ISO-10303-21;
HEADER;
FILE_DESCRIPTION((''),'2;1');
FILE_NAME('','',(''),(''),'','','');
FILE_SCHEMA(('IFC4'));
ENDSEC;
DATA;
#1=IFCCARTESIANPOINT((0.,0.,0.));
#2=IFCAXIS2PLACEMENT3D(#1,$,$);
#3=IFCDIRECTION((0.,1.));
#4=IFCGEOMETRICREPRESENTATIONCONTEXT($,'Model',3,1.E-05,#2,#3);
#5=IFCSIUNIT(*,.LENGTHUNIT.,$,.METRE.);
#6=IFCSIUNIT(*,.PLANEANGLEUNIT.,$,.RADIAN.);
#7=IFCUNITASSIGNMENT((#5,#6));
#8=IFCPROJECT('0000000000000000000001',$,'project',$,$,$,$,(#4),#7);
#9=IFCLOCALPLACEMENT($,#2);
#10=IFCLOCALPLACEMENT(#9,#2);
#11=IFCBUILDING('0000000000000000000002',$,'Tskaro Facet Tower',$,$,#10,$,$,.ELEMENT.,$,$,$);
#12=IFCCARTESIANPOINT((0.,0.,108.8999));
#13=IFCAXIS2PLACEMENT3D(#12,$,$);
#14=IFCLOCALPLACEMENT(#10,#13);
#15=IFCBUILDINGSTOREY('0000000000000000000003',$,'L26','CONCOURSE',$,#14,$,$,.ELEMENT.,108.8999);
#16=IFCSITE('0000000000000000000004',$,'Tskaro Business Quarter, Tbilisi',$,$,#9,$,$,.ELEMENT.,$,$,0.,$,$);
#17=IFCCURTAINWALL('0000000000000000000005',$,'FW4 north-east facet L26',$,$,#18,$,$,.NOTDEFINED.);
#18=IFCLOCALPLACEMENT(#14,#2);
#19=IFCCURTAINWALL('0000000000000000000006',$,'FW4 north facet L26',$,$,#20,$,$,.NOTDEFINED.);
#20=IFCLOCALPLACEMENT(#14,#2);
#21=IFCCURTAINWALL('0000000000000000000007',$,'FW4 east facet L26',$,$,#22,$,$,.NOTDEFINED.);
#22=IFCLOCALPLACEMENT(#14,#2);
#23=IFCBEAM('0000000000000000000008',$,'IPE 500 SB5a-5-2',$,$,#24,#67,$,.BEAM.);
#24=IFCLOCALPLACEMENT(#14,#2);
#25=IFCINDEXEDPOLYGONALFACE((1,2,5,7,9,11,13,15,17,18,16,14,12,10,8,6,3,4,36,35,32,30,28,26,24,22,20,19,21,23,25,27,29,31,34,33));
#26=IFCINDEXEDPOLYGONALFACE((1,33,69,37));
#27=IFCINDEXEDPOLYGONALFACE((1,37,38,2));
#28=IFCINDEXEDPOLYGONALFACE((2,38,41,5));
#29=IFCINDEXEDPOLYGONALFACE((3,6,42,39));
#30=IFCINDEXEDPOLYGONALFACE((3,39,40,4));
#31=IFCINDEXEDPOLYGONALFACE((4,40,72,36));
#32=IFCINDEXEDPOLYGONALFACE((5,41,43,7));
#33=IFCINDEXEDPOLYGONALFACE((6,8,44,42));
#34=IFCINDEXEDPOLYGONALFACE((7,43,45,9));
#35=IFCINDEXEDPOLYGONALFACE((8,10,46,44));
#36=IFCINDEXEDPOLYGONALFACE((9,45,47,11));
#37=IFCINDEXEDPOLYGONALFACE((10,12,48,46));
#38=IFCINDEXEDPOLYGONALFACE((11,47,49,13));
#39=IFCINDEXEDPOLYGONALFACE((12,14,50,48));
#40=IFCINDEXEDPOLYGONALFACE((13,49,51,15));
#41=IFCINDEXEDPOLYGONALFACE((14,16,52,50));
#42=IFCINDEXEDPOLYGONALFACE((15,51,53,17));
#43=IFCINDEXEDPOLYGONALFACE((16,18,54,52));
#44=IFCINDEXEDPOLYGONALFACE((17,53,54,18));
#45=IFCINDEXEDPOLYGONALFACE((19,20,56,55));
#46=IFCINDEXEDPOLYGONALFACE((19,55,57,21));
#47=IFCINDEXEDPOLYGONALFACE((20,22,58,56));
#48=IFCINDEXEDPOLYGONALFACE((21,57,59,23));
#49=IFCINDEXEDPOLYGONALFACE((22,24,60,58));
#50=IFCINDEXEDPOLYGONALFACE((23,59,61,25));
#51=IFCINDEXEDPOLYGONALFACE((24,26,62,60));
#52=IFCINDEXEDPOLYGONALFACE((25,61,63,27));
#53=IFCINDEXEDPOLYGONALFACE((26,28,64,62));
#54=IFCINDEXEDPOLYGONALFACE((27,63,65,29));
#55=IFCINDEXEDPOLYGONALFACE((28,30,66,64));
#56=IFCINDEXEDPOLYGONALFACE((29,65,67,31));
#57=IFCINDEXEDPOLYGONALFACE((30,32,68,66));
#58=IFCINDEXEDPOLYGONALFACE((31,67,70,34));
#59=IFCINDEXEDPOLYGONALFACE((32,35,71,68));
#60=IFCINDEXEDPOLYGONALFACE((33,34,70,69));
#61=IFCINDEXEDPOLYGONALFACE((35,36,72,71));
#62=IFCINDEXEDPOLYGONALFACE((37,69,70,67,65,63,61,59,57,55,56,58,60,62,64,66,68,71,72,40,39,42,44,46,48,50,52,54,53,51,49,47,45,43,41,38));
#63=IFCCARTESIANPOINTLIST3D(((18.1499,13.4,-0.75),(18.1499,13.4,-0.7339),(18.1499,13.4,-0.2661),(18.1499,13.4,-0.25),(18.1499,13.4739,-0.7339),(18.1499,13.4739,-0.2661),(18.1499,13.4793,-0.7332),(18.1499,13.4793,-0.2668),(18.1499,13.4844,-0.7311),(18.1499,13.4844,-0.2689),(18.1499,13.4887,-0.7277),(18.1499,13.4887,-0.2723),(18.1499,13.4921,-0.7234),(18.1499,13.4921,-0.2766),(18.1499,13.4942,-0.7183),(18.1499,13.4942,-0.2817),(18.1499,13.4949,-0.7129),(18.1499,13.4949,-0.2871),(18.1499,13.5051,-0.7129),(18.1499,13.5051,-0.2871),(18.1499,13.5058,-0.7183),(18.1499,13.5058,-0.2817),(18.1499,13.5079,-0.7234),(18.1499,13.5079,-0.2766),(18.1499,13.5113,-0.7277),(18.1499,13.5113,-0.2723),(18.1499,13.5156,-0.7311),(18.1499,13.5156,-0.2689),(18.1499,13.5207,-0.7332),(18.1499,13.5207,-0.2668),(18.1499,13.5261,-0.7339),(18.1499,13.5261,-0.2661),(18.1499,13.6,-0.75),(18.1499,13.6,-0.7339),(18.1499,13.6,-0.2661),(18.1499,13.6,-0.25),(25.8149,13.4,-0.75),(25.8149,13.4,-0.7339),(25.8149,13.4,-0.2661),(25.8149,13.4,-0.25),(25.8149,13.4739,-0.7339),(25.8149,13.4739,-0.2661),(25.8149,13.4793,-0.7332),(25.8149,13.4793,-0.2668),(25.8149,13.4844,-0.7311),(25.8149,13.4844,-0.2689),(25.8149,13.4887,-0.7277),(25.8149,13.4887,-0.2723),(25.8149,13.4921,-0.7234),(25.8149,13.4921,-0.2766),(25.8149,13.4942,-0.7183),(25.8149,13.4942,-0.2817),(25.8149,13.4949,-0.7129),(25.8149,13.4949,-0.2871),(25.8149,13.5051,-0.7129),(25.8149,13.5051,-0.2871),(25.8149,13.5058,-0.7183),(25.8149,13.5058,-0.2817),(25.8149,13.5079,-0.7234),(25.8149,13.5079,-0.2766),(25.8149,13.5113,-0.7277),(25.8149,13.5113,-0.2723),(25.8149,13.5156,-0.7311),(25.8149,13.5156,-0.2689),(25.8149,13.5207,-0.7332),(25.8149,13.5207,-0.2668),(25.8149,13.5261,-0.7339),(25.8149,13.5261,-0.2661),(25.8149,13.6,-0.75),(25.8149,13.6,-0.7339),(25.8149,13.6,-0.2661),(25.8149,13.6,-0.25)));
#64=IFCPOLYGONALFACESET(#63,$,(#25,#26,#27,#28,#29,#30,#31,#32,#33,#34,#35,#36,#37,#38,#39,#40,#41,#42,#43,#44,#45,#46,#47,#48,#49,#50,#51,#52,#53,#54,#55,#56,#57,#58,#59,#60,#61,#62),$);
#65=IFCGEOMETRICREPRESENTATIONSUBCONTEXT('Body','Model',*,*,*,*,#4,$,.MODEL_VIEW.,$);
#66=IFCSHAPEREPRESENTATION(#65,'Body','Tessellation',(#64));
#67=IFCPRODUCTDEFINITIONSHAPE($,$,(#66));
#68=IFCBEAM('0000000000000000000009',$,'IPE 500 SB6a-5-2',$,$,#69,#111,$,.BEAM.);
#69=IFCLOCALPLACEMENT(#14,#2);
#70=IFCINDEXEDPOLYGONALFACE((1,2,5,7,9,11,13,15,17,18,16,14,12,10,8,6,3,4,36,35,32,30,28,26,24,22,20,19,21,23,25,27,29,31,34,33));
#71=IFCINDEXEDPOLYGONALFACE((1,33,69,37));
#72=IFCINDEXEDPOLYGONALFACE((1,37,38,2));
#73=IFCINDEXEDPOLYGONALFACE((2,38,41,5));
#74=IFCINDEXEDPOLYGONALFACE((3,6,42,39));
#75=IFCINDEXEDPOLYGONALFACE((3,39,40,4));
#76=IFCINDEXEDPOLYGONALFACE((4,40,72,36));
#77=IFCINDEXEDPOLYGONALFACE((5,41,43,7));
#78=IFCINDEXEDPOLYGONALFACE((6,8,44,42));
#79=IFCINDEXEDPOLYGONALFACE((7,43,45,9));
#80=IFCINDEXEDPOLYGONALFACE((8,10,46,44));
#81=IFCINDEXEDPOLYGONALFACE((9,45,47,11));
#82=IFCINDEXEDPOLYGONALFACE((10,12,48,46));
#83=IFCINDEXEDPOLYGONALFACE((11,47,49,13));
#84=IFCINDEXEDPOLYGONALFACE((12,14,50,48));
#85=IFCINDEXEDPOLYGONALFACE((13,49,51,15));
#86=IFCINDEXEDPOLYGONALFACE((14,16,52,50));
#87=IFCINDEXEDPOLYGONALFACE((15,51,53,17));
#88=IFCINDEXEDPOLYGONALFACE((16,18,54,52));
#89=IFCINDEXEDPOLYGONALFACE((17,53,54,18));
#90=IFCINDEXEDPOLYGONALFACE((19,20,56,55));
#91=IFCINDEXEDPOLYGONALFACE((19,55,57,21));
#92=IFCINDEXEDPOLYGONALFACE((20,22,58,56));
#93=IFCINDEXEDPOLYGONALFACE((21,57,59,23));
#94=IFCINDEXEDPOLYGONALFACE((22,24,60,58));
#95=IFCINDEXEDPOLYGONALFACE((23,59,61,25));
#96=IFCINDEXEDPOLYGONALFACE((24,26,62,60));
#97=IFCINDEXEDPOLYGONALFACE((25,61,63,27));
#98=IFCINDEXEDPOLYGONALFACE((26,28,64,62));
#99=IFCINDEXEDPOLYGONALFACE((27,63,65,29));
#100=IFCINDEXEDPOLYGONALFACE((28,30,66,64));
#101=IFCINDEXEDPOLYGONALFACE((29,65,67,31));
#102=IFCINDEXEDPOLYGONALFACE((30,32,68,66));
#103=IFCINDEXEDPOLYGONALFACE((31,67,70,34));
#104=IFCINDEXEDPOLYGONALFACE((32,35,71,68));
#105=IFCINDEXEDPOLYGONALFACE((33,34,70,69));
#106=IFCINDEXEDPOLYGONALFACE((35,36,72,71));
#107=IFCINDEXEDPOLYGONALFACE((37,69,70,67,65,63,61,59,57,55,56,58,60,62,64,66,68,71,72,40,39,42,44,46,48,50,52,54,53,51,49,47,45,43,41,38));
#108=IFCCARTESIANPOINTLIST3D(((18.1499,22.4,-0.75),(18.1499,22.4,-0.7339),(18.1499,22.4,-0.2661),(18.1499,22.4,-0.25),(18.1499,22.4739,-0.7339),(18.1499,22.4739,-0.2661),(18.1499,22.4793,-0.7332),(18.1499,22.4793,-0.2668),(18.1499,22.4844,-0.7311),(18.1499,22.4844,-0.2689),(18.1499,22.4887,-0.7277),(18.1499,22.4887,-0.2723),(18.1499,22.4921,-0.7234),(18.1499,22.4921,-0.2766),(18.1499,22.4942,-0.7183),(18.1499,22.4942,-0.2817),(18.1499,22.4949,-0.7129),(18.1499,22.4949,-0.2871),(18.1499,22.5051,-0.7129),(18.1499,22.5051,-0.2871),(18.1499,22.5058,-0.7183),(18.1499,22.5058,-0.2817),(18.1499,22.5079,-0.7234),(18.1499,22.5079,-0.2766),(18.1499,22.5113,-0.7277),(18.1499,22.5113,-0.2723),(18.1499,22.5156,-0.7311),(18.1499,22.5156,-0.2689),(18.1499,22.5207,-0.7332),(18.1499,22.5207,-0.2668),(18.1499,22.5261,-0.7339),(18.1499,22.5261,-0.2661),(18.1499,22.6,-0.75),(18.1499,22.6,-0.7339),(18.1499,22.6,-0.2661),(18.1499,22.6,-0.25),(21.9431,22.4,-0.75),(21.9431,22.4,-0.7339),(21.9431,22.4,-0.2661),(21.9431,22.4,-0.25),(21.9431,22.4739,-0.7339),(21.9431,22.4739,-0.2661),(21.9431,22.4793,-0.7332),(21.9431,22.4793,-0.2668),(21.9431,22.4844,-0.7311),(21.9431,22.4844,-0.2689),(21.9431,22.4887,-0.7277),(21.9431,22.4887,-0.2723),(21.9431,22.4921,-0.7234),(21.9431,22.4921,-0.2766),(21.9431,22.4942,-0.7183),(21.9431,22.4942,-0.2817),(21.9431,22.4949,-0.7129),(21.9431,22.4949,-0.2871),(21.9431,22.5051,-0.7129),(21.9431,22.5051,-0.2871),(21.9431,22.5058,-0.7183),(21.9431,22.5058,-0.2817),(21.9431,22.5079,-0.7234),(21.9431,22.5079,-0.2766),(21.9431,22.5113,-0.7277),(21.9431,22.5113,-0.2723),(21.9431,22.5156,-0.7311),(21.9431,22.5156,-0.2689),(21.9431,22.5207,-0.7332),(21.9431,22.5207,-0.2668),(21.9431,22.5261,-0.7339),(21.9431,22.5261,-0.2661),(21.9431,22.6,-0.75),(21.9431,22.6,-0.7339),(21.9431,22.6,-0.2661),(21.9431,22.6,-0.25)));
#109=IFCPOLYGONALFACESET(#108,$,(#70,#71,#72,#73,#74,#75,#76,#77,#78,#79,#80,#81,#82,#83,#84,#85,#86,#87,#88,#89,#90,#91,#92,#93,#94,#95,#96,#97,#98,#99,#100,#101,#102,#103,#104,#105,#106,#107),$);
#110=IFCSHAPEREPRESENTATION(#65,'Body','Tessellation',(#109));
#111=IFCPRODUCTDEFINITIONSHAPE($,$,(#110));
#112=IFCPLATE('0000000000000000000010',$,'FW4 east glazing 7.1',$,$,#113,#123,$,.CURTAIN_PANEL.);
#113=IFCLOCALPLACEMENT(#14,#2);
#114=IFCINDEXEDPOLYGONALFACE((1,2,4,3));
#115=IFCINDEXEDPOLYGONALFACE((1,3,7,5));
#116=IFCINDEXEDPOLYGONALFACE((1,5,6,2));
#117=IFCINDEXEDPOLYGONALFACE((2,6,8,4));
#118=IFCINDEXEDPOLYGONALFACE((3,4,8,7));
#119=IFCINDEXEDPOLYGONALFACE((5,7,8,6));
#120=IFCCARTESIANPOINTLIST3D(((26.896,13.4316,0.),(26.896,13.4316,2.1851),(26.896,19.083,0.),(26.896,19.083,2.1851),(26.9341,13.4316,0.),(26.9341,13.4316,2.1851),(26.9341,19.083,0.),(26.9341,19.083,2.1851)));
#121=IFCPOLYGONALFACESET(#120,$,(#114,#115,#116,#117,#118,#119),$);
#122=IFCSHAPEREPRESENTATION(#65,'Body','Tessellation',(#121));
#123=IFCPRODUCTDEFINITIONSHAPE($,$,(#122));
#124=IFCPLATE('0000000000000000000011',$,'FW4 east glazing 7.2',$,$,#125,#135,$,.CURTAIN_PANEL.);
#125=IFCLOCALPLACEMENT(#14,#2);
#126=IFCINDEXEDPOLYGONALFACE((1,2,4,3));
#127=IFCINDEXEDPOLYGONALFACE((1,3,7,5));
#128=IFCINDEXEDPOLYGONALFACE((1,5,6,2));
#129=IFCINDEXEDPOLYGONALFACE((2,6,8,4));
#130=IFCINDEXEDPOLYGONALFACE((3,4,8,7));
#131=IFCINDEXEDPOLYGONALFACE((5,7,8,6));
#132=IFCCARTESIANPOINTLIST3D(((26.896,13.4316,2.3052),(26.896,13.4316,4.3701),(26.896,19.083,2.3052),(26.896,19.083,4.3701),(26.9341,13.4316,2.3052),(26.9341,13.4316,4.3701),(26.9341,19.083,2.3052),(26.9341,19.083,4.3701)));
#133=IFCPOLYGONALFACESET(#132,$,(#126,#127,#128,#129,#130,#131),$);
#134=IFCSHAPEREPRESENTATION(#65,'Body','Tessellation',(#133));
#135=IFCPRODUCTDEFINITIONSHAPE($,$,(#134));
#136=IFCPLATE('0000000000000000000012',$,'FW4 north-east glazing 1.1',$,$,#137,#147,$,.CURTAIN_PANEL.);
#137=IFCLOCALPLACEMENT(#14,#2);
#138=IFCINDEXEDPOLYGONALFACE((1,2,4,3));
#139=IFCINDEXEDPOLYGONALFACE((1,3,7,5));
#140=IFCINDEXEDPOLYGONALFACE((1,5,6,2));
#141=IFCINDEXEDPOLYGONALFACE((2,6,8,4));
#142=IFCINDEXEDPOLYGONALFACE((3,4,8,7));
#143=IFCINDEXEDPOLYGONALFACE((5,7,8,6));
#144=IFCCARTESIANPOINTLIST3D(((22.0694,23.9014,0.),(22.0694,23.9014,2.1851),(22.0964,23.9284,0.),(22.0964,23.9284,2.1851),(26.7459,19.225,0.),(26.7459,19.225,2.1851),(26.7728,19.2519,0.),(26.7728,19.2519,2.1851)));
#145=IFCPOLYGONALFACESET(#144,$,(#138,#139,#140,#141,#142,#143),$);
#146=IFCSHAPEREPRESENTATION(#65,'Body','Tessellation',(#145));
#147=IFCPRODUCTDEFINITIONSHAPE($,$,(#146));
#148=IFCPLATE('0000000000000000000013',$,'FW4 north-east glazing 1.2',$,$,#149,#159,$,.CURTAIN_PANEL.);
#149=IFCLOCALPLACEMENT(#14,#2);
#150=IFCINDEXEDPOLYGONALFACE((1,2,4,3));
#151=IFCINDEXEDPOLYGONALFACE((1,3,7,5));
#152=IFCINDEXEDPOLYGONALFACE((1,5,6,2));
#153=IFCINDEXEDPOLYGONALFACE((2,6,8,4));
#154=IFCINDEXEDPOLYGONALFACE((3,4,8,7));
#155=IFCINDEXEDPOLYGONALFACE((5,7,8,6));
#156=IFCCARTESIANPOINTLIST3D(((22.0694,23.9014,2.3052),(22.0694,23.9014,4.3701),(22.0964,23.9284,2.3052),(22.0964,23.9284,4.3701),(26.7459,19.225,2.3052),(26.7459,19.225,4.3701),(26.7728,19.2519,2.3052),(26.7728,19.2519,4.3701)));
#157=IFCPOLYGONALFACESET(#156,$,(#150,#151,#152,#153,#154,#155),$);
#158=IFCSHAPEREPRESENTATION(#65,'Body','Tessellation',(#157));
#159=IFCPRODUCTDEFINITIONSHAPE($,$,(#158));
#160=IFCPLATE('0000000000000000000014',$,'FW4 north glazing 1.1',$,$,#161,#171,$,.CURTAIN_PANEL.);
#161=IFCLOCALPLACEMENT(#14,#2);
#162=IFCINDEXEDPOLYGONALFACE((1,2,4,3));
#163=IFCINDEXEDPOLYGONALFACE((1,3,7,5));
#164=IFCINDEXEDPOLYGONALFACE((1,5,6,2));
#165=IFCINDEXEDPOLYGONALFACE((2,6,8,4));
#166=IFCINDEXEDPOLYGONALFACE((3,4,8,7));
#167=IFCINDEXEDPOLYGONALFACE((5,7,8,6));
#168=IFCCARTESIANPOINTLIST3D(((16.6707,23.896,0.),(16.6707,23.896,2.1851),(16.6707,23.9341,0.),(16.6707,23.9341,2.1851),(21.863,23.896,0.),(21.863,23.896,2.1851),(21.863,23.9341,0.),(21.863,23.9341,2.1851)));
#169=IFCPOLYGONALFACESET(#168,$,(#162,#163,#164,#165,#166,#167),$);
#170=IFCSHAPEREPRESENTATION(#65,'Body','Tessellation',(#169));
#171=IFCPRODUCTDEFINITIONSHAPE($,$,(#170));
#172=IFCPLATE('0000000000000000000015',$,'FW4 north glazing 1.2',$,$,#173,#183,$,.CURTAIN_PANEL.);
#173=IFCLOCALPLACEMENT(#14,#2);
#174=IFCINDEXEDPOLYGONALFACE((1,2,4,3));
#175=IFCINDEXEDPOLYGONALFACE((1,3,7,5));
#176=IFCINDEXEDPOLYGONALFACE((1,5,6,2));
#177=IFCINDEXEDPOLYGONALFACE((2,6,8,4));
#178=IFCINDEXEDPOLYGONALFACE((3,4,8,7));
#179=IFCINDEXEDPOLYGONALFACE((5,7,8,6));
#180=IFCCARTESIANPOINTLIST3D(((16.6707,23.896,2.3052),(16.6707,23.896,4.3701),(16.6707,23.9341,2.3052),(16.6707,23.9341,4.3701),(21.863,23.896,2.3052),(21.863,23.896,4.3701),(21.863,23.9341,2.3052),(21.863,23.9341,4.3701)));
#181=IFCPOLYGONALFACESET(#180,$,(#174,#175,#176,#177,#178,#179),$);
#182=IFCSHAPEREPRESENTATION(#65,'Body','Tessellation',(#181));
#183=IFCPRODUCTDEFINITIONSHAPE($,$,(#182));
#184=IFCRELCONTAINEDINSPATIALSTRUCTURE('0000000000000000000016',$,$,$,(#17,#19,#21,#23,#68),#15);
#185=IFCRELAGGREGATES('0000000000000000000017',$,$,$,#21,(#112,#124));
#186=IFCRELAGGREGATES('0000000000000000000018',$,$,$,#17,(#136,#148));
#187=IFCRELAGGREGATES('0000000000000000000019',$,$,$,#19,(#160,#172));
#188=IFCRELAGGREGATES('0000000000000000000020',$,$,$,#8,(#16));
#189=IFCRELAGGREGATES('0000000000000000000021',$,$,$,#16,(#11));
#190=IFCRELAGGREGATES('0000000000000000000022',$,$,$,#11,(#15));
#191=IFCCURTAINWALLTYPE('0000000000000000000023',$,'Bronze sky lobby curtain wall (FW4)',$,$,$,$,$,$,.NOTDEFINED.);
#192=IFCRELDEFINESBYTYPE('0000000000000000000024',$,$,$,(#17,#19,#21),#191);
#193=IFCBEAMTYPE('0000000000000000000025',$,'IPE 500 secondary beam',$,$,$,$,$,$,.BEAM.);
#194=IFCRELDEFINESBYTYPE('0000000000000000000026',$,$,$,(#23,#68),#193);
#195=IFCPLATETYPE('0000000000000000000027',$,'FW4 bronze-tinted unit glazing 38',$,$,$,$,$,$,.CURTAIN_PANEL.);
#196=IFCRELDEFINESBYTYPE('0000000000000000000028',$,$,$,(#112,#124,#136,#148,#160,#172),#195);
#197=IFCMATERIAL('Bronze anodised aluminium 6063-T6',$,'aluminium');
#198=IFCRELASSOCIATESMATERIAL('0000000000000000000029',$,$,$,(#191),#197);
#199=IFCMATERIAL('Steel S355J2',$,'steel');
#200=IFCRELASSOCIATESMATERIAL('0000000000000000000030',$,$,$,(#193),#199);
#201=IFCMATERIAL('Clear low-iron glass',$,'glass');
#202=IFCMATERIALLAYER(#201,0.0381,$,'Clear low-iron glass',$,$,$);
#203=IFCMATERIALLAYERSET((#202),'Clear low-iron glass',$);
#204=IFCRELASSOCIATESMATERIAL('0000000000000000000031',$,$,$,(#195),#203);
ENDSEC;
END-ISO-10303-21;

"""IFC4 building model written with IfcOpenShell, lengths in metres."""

from ifc_helpers import new_model, si_unit, direction, frame, origin, origin_2d, place, context, subcontext, project, spatial, rectangle, i_section, extrude, material, layer, layer_set, material_profile, profile_set, type_object, element, aggregate, save


model = new_model("IFC4")

# Units and contexts
model_context = context("Model", 3, precision=1e-05, world=origin(), true_north=direction((0.0, 1.0)))
body_context = subcontext(model_context, "Body", "Model", "MODEL_VIEW")
ifc_project = project(units=[si_unit("LENGTHUNIT", "METRE"), si_unit("PLANEANGLEUNIT", "RADIAN")], contexts=[model_context])

# Site, building, storey
site_placement = place(None, origin())
site = spatial("IfcSite", under=ifc_project, at=site_placement, Name="Tskaro Business Quarter, Tbilisi", CompositionType="ELEMENT", RefElevation=0.0)
building_placement = place(site_placement, origin())
building = spatial("IfcBuilding", under=site, at=building_placement, Name="Tskaro Facet Tower", CompositionType="ELEMENT")
storey_placement = place(building_placement, frame((0.0, 0.0, 108.8999)))
storey = spatial("IfcBuildingStorey", under=building, at=storey_placement, Name="L26", Description="CONCOURSE", CompositionType="ELEMENT", Elevation=108.8999)

# Curtain walls
ifc_material_1 = material(Name="Bronze anodised aluminium 6063-T6", Category="aluminium")
curtain_wall_type = type_object("IfcCurtainWallType", Name="Bronze sky lobby curtain wall (FW4)", PredefinedType="NOTDEFINED", material=ifc_material_1)
curtain_wall_1_placement = place(storey_placement, origin())
curtain_wall_1 = element("IfcCurtainWall", 1, at=curtain_wall_1_placement, inside=storey, type_object=curtain_wall_type, Name="FW4 north-east facet L26", PredefinedType="NOTDEFINED")
curtain_wall_2_placement = place(storey_placement, origin())
curtain_wall_2 = element("IfcCurtainWall", 2, at=curtain_wall_2_placement, inside=storey, type_object=curtain_wall_type, Name="FW4 north facet L26", PredefinedType="NOTDEFINED")
curtain_wall_3_placement = place(storey_placement, origin())
curtain_wall_3 = element("IfcCurtainWall", 3, at=curtain_wall_3_placement, inside=storey, type_object=curtain_wall_type, Name="FW4 east facet L26", PredefinedType="NOTDEFINED")

# Beams
ifc_material_2 = material(Name="Steel S355J2", Category="steel")
ifc_material_profile_1 = material_profile(ifc_material_2, i_section(OverallWidth=0.2, OverallDepth=0.5, WebThickness=0.0103, FlangeThickness=0.0161, FilletRadius=0.021, at=origin_2d()), Name="IPE 500")
ifc_profile_set_1 = profile_set([ifc_material_profile_1], Name="Steel S355J2")
beam_type_1 = type_object("IfcBeamType", Name="IPE 500 secondary beam", PredefinedType="BEAM", material=ifc_profile_set_1)
beam_1_placement = place(storey_placement, frame((18.1499, 13.5, -0.5), z_axis=(1.0, 0.0, 0.0), x_axis=(0.0, 1.0, 0.0)))
element("IfcBeam", 4, at=beam_1_placement, inside=storey, type_object=beam_type_1, Name="IPE 500 SB5a-5-2", PredefinedType="BEAM", context=body_context, shape_type="SweptSolid", body=[
    extrude(i_section(OverallWidth=0.2, OverallDepth=0.5, WebThickness=0.0103, FlangeThickness=0.0161, FilletRadius=0.021, at=origin_2d()), origin(), (0.0, 0.0, 1.0), 7.665),
])
beam_2_placement = place(storey_placement, frame((18.1499, 22.5, -0.5), z_axis=(1.0, 0.0, 0.0), x_axis=(0.0, 1.0, 0.0)))
element("IfcBeam", 5, at=beam_2_placement, inside=storey, type_object=beam_type_1, Name="IPE 500 SB6a-5-2", PredefinedType="BEAM", context=body_context, shape_type="SweptSolid", body=[
    extrude(i_section(OverallWidth=0.2, OverallDepth=0.5, WebThickness=0.0103, FlangeThickness=0.0161, FilletRadius=0.021, at=origin_2d()), origin(), (0.0, 0.0, 1.0), 3.7932),
])

# Plates
ifc_material_3 = material(Name="Clear low-iron glass", Category="glass")
ifc_layer = layer(ifc_material_3, 0.0381, Name="Clear low-iron glass")
ifc_layer_set = layer_set([ifc_layer], Name="Clear low-iron glass")
plate_type = type_object("IfcPlateType", Name="FW4 bronze-tinted unit glazing 38", PredefinedType="CURTAIN_PANEL", material=ifc_layer_set)
plate_1_placement = place(storey_placement, frame((26.915, 16.2573, 0.0), z_axis=(0.0, 0.0, 1.0), x_axis=(0.0, 1.0, 0.0)))
plate_1 = element("IfcPlate", 6, at=plate_1_placement, type_object=plate_type, Name="FW4 east glazing 7.1", PredefinedType="CURTAIN_PANEL", context=body_context, shape_type="SweptSolid", body=[
    extrude(rectangle(XDim=5.6514, YDim=0.0381, at=origin_2d()), origin(), (0.0, 0.0, 1.0), 2.1851),
])
plate_2_placement = place(storey_placement, frame((26.915, 16.2573, 2.3052), z_axis=(0.0, 0.0, 1.0), x_axis=(0.0, 1.0, 0.0)))
plate_2 = element("IfcPlate", 7, at=plate_2_placement, type_object=plate_type, Name="FW4 east glazing 7.2", PredefinedType="CURTAIN_PANEL", context=body_context, shape_type="SweptSolid", body=[
    extrude(rectangle(XDim=5.6514, YDim=0.0381, at=origin_2d()), origin(), (0.0, 0.0, 1.0), 2.0649),
])
aggregate(curtain_wall_3, [plate_1, plate_2])
plate_3_placement = place(storey_placement, frame((24.4211, 21.5767, 0.0), z_axis=(0.0, 0.0, 1.0), x_axis=(-0.707107, 0.707107, 0.0)))
plate_3 = element("IfcPlate", 8, at=plate_3_placement, type_object=plate_type, Name="FW4 north-east glazing 1.1", PredefinedType="CURTAIN_PANEL", context=body_context, shape_type="SweptSolid", body=[
    extrude(rectangle(XDim=6.6135, YDim=0.0381, at=origin_2d()), origin(), (0.0, 0.0, 1.0), 2.1851),
])
plate_4_placement = place(storey_placement, frame((24.4211, 21.5767, 2.3052), z_axis=(0.0, 0.0, 1.0), x_axis=(-0.707107, 0.707107, 0.0)))
plate_4 = element("IfcPlate", 9, at=plate_4_placement, type_object=plate_type, Name="FW4 north-east glazing 1.2", PredefinedType="CURTAIN_PANEL", context=body_context, shape_type="SweptSolid", body=[
    extrude(rectangle(XDim=6.6135, YDim=0.0381, at=origin_2d()), origin(), (0.0, 0.0, 1.0), 2.0649),
])
aggregate(curtain_wall_1, [plate_3, plate_4])
plate_5_placement = place(storey_placement, frame((19.2668, 23.915, 0.0), z_axis=(0.0, 0.0, 1.0), x_axis=(-1.0, 0.0, 0.0)))
plate_5 = element("IfcPlate", 10, at=plate_5_placement, type_object=plate_type, Name="FW4 north glazing 1.1", PredefinedType="CURTAIN_PANEL", context=body_context, shape_type="SweptSolid", body=[
    extrude(rectangle(XDim=5.1924, YDim=0.0381, at=origin_2d()), origin(), (0.0, 0.0, 1.0), 2.1851),
])
plate_6_placement = place(storey_placement, frame((19.2668, 23.915, 2.3052), z_axis=(0.0, 0.0, 1.0), x_axis=(-1.0, 0.0, 0.0)))
plate_6 = element("IfcPlate", 11, at=plate_6_placement, type_object=plate_type, Name="FW4 north glazing 1.2", PredefinedType="CURTAIN_PANEL", context=body_context, shape_type="SweptSolid", body=[
    extrude(rectangle(XDim=5.1924, YDim=0.0381, at=origin_2d()), origin(), (0.0, 0.0, 1.0), 2.0649),
])
aggregate(curtain_wall_2, [plate_5, plate_6])

save(model, "model.ifc")
